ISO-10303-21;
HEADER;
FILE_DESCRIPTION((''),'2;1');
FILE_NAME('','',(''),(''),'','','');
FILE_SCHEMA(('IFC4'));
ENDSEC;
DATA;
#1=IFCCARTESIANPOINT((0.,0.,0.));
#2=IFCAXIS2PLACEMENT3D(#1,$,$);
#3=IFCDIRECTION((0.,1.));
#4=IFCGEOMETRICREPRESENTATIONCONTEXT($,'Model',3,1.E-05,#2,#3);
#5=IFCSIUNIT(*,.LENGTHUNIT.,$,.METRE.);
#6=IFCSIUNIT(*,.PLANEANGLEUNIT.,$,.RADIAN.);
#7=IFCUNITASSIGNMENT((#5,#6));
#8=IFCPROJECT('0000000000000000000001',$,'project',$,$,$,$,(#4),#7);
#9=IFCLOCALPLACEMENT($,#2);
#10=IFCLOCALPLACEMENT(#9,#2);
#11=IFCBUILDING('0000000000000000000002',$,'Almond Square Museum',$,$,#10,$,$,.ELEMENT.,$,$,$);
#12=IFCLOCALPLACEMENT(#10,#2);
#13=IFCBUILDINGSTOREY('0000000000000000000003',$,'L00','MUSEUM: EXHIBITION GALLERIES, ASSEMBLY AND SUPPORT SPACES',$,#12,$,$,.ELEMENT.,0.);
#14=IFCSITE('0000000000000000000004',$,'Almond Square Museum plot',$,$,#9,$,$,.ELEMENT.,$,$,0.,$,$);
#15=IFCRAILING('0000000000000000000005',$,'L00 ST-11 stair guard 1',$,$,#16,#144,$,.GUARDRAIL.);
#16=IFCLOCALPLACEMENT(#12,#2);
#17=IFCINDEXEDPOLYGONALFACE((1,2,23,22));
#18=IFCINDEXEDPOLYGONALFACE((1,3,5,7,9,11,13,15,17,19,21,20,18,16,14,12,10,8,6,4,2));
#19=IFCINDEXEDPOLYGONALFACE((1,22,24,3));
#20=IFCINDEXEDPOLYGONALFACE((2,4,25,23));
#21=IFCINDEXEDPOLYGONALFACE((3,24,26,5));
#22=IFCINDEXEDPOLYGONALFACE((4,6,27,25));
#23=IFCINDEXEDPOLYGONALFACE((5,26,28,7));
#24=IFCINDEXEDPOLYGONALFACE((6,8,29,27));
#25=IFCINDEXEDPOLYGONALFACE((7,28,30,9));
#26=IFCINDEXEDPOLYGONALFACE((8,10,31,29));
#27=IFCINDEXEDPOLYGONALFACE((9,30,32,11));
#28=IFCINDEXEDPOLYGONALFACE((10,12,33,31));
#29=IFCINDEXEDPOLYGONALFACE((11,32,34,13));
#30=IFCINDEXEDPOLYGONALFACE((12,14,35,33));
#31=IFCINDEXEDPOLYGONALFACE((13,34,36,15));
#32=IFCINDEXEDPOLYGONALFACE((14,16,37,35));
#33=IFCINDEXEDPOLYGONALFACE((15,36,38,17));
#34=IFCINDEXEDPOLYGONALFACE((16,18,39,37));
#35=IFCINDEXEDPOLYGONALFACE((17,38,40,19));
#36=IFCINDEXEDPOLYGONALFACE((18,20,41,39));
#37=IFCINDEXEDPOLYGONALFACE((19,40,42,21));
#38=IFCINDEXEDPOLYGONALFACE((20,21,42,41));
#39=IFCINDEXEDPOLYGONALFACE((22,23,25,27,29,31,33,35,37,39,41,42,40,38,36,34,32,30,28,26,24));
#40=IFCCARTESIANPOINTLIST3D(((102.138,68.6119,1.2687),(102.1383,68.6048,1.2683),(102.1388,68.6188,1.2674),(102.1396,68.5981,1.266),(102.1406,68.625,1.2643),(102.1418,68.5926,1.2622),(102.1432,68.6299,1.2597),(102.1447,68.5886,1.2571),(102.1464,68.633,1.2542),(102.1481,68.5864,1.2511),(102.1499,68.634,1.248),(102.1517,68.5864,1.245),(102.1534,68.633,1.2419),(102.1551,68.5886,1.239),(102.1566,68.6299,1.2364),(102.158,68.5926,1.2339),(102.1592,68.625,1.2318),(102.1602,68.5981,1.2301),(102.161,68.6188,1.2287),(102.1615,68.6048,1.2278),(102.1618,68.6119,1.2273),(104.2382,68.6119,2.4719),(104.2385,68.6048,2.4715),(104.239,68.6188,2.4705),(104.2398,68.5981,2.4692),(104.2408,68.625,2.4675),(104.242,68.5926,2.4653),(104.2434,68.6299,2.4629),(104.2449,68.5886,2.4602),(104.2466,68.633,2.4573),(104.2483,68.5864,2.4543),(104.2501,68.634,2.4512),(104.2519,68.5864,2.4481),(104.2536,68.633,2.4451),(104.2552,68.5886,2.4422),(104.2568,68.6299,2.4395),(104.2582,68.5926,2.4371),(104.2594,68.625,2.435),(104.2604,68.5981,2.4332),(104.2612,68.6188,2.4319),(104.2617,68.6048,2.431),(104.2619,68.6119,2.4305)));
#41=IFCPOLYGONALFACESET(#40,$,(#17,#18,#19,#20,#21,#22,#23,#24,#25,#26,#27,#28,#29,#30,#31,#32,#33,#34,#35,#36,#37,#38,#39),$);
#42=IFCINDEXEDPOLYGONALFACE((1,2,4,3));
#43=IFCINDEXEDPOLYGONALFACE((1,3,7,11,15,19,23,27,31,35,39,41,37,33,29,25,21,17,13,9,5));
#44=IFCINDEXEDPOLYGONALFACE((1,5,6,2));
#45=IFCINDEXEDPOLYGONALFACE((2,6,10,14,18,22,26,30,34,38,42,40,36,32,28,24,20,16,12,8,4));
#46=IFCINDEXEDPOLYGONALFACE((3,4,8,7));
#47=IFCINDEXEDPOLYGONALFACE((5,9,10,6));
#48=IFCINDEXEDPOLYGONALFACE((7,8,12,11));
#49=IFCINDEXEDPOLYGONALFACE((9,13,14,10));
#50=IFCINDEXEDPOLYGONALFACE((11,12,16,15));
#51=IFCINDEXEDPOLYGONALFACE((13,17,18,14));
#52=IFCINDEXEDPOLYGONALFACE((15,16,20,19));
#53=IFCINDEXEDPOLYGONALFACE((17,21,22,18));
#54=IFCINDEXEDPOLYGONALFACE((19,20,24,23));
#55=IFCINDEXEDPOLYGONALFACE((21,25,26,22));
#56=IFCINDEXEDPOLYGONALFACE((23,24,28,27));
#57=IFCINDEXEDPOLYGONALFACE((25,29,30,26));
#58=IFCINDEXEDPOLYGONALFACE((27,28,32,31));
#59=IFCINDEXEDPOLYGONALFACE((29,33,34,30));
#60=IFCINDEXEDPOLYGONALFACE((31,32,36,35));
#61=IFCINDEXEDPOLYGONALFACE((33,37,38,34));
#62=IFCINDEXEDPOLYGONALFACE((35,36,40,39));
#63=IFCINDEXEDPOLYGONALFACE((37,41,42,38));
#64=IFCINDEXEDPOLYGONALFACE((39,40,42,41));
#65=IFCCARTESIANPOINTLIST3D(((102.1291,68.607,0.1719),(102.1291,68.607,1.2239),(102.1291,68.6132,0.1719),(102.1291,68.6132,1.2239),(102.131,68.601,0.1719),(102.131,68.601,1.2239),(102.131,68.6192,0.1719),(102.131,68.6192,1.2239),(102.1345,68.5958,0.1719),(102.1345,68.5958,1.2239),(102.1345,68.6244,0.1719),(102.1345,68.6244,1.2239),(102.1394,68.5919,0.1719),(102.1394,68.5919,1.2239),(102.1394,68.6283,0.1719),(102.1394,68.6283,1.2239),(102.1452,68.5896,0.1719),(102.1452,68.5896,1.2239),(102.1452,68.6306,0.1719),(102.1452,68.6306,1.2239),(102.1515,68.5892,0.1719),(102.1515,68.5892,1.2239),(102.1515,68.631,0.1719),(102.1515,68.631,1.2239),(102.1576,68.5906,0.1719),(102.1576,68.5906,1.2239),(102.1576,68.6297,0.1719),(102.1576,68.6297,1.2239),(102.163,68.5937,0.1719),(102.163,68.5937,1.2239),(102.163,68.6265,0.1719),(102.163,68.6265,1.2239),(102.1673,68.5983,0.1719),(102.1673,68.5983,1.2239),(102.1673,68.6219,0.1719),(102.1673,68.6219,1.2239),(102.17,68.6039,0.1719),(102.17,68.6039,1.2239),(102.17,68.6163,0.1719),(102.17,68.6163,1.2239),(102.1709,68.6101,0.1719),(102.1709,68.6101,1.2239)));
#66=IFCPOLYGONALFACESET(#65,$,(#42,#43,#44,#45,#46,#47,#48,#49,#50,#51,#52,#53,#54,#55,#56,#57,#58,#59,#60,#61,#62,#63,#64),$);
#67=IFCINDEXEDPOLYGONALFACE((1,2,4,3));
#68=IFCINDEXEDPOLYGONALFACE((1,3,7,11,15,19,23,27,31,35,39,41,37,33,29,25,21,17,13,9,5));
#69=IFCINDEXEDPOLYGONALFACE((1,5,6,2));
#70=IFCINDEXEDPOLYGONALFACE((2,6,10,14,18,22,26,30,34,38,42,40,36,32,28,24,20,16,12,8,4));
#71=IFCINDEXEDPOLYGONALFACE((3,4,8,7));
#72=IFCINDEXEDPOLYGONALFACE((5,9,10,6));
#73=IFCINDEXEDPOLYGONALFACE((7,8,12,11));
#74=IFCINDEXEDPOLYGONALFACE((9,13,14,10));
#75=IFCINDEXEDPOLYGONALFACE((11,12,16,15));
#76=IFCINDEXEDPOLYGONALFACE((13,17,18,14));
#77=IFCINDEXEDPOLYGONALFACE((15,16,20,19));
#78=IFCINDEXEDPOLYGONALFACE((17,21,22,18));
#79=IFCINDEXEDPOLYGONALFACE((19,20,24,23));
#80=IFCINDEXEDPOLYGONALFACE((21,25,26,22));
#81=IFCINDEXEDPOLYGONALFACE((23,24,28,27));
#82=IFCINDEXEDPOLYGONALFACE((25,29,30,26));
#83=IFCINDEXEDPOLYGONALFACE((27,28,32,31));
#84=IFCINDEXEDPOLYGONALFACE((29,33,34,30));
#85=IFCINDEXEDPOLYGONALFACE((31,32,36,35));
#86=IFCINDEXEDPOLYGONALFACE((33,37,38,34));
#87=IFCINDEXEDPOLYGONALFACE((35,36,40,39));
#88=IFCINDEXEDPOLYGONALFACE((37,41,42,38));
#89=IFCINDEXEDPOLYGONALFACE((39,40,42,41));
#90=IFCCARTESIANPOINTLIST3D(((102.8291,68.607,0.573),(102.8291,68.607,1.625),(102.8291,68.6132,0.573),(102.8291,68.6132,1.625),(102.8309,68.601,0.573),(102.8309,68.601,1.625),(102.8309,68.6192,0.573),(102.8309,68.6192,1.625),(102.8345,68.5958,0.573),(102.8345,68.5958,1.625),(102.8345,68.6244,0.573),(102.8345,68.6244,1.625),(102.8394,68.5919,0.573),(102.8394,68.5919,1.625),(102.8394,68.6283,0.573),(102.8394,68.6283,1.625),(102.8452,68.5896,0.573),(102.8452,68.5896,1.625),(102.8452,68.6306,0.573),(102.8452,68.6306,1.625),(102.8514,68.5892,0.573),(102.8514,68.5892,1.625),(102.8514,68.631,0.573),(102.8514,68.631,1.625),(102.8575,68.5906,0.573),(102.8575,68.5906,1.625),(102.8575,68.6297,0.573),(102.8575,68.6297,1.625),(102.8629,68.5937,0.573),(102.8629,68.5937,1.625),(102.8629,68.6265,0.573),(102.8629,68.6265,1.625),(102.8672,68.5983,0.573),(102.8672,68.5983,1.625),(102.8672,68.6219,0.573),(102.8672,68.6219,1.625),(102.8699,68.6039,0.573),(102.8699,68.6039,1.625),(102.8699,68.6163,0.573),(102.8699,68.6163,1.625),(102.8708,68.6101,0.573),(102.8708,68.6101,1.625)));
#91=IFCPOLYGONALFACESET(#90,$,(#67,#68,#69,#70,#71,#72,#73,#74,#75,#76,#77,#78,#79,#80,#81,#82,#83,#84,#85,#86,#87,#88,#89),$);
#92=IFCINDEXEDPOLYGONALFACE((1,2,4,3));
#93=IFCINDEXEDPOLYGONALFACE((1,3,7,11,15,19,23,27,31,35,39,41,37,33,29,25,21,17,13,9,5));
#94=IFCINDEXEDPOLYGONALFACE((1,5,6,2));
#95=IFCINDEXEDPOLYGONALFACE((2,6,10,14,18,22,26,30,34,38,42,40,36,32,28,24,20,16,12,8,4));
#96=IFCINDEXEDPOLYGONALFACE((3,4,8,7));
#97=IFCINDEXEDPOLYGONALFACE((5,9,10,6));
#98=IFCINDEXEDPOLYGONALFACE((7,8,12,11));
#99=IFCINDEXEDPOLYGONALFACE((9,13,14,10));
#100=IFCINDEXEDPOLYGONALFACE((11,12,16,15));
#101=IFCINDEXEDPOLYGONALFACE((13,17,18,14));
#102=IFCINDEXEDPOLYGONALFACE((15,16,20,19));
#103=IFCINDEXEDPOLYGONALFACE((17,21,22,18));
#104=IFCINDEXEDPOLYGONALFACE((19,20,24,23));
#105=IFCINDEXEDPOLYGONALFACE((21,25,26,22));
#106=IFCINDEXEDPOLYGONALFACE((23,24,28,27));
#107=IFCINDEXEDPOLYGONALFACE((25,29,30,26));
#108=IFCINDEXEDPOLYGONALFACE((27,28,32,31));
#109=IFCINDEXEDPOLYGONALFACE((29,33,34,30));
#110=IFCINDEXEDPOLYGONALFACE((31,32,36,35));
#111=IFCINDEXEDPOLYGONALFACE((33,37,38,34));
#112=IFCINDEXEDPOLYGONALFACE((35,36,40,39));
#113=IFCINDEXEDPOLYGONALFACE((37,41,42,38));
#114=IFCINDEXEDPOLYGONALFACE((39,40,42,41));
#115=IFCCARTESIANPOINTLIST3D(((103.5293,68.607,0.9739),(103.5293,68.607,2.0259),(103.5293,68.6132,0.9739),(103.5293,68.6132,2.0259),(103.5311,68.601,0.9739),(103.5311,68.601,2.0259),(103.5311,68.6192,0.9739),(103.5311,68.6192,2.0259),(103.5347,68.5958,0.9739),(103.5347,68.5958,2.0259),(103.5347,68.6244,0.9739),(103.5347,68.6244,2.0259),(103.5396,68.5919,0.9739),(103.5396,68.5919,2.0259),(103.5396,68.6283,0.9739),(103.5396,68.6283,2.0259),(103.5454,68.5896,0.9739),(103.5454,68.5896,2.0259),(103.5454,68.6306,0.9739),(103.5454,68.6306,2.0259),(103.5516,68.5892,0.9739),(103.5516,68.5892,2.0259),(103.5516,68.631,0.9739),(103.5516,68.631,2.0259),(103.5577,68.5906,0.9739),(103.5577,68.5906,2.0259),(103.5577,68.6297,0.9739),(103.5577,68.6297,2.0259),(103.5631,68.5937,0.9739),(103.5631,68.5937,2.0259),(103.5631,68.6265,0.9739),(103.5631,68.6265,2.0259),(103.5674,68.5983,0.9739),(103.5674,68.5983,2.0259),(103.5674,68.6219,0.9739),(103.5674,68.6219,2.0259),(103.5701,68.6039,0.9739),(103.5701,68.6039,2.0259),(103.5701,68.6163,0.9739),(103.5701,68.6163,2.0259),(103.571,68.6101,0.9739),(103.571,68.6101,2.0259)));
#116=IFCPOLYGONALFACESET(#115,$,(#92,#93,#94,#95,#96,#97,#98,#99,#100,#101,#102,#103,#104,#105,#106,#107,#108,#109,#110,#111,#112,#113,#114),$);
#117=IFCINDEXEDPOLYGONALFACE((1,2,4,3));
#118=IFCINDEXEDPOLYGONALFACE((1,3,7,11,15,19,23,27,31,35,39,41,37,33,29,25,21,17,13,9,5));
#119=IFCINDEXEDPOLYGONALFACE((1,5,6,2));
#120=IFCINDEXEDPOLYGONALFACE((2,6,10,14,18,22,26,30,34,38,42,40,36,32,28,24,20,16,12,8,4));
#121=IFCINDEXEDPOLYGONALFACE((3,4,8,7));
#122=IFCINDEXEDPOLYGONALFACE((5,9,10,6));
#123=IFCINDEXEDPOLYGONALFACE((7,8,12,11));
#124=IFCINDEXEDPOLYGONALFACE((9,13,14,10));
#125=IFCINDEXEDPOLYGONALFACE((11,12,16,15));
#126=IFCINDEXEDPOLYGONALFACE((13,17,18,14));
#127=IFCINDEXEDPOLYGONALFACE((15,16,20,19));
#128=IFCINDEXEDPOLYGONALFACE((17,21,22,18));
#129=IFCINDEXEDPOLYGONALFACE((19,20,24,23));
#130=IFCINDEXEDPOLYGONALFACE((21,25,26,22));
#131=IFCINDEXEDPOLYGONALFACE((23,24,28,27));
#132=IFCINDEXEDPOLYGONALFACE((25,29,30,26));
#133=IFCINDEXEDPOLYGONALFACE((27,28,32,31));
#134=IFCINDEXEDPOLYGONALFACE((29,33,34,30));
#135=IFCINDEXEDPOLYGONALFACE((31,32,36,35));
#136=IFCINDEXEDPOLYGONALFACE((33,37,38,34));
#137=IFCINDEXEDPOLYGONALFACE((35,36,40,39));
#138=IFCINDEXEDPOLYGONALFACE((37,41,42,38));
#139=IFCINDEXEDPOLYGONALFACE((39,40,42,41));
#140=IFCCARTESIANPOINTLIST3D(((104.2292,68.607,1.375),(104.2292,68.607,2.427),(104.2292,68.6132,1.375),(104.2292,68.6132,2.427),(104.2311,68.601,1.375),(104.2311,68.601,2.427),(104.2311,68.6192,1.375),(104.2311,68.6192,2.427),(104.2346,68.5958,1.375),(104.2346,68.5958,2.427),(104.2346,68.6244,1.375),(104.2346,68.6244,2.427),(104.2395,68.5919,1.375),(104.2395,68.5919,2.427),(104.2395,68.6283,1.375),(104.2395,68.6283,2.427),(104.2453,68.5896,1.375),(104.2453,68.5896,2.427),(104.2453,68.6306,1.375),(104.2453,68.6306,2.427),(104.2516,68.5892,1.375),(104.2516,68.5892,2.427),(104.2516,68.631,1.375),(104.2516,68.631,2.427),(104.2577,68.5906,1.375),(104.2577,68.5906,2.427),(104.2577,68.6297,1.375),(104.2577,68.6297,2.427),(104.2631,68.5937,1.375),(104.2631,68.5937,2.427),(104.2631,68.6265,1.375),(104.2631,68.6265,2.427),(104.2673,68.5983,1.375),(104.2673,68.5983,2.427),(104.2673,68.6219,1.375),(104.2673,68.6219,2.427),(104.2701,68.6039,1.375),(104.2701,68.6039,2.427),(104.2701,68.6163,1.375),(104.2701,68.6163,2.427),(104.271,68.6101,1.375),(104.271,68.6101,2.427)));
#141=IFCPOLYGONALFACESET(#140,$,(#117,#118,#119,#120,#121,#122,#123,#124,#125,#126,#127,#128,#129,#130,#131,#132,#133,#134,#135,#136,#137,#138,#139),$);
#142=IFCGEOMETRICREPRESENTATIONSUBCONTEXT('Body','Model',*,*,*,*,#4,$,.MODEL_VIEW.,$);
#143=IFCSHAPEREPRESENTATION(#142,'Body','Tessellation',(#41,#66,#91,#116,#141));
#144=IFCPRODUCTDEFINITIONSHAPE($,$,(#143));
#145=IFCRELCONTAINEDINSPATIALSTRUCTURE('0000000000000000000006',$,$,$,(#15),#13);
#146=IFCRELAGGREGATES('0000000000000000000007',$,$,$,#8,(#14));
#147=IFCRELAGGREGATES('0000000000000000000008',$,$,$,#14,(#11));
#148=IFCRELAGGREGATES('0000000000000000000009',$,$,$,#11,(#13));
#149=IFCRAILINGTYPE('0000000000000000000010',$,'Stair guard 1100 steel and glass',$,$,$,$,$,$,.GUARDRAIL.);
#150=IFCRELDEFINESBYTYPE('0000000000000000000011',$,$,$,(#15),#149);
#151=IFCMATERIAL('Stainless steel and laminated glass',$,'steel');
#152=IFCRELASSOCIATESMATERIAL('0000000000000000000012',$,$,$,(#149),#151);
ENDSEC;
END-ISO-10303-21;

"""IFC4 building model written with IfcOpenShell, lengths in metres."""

from ifc_helpers import new_model, si_unit, direction, frame, origin, origin_2d, place, context, subcontext, project, spatial, circle, extrude, material, type_object, element, save


model = new_model("IFC4")

# Units and contexts
model_context = context("Model", 3, precision=1e-05, world=origin(), true_north=direction((0.0, 1.0)))
body_context = subcontext(model_context, "Body", "Model", "MODEL_VIEW")
ifc_project = project(units=[si_unit("LENGTHUNIT", "METRE"), si_unit("PLANEANGLEUNIT", "RADIAN")], contexts=[model_context])

# Site, building, storey
site_placement = place(None, origin())
site = spatial("IfcSite", under=ifc_project, at=site_placement, Name="Almond Square Museum plot", CompositionType="ELEMENT", RefElevation=0.0)
building_placement = place(site_placement, origin())
building = spatial("IfcBuilding", under=site, at=building_placement, Name="Almond Square Museum", CompositionType="ELEMENT")
storey_placement = place(building_placement, origin())
storey = spatial("IfcBuildingStorey", under=building, at=storey_placement, Name="L00", Description="MUSEUM: EXHIBITION GALLERIES, ASSEMBLY AND SUPPORT SPACES", CompositionType="ELEMENT", Elevation=0.0)

# Railing
ifc_material_1 = material(Name="Stainless steel and laminated glass", Category="steel")
railing_type_1 = type_object("IfcRailingType", Name="Stair guard 1100 steel and glass", PredefinedType="GUARDRAIL", material=ifc_material_1)
railing_1_placement = place(storey_placement, frame((102.1499, 68.6101, 0.1719)))
element("IfcRailing", 1, at=railing_1_placement, inside=storey, type_object=railing_type_1, Name="L00 ST-11 stair guard 1", PredefinedType="GUARDRAIL", context=body_context, shape_type="SweptSolid", body=[
    extrude(circle(Radius=0.0239, at=origin_2d()), frame((0.0, 0.0, 1.0762), z_axis=(0.867696, 0.0, 0.497095), x_axis=(0.0, 1.0, 0.0)), (0.0, 0.0, 1.0), 2.4204),
    extrude(circle(Radius=0.021, at=origin_2d()), origin(), (0.0, 0.0, 1.0), 1.052),
    extrude(circle(Radius=0.021, at=origin_2d()), frame((0.7, 0.0, 0.4011)), (0.0, 0.0, 1.0), 1.052),
    extrude(circle(Radius=0.021, at=origin_2d()), frame((1.4001, 0.0, 0.802)), (0.0, 0.0, 1.0), 1.052),
    extrude(circle(Radius=0.021, at=origin_2d()), frame((2.1001, 0.0, 1.2031)), (0.0, 0.0, 1.0), 1.052),
])

save(model, "model.ifc")
